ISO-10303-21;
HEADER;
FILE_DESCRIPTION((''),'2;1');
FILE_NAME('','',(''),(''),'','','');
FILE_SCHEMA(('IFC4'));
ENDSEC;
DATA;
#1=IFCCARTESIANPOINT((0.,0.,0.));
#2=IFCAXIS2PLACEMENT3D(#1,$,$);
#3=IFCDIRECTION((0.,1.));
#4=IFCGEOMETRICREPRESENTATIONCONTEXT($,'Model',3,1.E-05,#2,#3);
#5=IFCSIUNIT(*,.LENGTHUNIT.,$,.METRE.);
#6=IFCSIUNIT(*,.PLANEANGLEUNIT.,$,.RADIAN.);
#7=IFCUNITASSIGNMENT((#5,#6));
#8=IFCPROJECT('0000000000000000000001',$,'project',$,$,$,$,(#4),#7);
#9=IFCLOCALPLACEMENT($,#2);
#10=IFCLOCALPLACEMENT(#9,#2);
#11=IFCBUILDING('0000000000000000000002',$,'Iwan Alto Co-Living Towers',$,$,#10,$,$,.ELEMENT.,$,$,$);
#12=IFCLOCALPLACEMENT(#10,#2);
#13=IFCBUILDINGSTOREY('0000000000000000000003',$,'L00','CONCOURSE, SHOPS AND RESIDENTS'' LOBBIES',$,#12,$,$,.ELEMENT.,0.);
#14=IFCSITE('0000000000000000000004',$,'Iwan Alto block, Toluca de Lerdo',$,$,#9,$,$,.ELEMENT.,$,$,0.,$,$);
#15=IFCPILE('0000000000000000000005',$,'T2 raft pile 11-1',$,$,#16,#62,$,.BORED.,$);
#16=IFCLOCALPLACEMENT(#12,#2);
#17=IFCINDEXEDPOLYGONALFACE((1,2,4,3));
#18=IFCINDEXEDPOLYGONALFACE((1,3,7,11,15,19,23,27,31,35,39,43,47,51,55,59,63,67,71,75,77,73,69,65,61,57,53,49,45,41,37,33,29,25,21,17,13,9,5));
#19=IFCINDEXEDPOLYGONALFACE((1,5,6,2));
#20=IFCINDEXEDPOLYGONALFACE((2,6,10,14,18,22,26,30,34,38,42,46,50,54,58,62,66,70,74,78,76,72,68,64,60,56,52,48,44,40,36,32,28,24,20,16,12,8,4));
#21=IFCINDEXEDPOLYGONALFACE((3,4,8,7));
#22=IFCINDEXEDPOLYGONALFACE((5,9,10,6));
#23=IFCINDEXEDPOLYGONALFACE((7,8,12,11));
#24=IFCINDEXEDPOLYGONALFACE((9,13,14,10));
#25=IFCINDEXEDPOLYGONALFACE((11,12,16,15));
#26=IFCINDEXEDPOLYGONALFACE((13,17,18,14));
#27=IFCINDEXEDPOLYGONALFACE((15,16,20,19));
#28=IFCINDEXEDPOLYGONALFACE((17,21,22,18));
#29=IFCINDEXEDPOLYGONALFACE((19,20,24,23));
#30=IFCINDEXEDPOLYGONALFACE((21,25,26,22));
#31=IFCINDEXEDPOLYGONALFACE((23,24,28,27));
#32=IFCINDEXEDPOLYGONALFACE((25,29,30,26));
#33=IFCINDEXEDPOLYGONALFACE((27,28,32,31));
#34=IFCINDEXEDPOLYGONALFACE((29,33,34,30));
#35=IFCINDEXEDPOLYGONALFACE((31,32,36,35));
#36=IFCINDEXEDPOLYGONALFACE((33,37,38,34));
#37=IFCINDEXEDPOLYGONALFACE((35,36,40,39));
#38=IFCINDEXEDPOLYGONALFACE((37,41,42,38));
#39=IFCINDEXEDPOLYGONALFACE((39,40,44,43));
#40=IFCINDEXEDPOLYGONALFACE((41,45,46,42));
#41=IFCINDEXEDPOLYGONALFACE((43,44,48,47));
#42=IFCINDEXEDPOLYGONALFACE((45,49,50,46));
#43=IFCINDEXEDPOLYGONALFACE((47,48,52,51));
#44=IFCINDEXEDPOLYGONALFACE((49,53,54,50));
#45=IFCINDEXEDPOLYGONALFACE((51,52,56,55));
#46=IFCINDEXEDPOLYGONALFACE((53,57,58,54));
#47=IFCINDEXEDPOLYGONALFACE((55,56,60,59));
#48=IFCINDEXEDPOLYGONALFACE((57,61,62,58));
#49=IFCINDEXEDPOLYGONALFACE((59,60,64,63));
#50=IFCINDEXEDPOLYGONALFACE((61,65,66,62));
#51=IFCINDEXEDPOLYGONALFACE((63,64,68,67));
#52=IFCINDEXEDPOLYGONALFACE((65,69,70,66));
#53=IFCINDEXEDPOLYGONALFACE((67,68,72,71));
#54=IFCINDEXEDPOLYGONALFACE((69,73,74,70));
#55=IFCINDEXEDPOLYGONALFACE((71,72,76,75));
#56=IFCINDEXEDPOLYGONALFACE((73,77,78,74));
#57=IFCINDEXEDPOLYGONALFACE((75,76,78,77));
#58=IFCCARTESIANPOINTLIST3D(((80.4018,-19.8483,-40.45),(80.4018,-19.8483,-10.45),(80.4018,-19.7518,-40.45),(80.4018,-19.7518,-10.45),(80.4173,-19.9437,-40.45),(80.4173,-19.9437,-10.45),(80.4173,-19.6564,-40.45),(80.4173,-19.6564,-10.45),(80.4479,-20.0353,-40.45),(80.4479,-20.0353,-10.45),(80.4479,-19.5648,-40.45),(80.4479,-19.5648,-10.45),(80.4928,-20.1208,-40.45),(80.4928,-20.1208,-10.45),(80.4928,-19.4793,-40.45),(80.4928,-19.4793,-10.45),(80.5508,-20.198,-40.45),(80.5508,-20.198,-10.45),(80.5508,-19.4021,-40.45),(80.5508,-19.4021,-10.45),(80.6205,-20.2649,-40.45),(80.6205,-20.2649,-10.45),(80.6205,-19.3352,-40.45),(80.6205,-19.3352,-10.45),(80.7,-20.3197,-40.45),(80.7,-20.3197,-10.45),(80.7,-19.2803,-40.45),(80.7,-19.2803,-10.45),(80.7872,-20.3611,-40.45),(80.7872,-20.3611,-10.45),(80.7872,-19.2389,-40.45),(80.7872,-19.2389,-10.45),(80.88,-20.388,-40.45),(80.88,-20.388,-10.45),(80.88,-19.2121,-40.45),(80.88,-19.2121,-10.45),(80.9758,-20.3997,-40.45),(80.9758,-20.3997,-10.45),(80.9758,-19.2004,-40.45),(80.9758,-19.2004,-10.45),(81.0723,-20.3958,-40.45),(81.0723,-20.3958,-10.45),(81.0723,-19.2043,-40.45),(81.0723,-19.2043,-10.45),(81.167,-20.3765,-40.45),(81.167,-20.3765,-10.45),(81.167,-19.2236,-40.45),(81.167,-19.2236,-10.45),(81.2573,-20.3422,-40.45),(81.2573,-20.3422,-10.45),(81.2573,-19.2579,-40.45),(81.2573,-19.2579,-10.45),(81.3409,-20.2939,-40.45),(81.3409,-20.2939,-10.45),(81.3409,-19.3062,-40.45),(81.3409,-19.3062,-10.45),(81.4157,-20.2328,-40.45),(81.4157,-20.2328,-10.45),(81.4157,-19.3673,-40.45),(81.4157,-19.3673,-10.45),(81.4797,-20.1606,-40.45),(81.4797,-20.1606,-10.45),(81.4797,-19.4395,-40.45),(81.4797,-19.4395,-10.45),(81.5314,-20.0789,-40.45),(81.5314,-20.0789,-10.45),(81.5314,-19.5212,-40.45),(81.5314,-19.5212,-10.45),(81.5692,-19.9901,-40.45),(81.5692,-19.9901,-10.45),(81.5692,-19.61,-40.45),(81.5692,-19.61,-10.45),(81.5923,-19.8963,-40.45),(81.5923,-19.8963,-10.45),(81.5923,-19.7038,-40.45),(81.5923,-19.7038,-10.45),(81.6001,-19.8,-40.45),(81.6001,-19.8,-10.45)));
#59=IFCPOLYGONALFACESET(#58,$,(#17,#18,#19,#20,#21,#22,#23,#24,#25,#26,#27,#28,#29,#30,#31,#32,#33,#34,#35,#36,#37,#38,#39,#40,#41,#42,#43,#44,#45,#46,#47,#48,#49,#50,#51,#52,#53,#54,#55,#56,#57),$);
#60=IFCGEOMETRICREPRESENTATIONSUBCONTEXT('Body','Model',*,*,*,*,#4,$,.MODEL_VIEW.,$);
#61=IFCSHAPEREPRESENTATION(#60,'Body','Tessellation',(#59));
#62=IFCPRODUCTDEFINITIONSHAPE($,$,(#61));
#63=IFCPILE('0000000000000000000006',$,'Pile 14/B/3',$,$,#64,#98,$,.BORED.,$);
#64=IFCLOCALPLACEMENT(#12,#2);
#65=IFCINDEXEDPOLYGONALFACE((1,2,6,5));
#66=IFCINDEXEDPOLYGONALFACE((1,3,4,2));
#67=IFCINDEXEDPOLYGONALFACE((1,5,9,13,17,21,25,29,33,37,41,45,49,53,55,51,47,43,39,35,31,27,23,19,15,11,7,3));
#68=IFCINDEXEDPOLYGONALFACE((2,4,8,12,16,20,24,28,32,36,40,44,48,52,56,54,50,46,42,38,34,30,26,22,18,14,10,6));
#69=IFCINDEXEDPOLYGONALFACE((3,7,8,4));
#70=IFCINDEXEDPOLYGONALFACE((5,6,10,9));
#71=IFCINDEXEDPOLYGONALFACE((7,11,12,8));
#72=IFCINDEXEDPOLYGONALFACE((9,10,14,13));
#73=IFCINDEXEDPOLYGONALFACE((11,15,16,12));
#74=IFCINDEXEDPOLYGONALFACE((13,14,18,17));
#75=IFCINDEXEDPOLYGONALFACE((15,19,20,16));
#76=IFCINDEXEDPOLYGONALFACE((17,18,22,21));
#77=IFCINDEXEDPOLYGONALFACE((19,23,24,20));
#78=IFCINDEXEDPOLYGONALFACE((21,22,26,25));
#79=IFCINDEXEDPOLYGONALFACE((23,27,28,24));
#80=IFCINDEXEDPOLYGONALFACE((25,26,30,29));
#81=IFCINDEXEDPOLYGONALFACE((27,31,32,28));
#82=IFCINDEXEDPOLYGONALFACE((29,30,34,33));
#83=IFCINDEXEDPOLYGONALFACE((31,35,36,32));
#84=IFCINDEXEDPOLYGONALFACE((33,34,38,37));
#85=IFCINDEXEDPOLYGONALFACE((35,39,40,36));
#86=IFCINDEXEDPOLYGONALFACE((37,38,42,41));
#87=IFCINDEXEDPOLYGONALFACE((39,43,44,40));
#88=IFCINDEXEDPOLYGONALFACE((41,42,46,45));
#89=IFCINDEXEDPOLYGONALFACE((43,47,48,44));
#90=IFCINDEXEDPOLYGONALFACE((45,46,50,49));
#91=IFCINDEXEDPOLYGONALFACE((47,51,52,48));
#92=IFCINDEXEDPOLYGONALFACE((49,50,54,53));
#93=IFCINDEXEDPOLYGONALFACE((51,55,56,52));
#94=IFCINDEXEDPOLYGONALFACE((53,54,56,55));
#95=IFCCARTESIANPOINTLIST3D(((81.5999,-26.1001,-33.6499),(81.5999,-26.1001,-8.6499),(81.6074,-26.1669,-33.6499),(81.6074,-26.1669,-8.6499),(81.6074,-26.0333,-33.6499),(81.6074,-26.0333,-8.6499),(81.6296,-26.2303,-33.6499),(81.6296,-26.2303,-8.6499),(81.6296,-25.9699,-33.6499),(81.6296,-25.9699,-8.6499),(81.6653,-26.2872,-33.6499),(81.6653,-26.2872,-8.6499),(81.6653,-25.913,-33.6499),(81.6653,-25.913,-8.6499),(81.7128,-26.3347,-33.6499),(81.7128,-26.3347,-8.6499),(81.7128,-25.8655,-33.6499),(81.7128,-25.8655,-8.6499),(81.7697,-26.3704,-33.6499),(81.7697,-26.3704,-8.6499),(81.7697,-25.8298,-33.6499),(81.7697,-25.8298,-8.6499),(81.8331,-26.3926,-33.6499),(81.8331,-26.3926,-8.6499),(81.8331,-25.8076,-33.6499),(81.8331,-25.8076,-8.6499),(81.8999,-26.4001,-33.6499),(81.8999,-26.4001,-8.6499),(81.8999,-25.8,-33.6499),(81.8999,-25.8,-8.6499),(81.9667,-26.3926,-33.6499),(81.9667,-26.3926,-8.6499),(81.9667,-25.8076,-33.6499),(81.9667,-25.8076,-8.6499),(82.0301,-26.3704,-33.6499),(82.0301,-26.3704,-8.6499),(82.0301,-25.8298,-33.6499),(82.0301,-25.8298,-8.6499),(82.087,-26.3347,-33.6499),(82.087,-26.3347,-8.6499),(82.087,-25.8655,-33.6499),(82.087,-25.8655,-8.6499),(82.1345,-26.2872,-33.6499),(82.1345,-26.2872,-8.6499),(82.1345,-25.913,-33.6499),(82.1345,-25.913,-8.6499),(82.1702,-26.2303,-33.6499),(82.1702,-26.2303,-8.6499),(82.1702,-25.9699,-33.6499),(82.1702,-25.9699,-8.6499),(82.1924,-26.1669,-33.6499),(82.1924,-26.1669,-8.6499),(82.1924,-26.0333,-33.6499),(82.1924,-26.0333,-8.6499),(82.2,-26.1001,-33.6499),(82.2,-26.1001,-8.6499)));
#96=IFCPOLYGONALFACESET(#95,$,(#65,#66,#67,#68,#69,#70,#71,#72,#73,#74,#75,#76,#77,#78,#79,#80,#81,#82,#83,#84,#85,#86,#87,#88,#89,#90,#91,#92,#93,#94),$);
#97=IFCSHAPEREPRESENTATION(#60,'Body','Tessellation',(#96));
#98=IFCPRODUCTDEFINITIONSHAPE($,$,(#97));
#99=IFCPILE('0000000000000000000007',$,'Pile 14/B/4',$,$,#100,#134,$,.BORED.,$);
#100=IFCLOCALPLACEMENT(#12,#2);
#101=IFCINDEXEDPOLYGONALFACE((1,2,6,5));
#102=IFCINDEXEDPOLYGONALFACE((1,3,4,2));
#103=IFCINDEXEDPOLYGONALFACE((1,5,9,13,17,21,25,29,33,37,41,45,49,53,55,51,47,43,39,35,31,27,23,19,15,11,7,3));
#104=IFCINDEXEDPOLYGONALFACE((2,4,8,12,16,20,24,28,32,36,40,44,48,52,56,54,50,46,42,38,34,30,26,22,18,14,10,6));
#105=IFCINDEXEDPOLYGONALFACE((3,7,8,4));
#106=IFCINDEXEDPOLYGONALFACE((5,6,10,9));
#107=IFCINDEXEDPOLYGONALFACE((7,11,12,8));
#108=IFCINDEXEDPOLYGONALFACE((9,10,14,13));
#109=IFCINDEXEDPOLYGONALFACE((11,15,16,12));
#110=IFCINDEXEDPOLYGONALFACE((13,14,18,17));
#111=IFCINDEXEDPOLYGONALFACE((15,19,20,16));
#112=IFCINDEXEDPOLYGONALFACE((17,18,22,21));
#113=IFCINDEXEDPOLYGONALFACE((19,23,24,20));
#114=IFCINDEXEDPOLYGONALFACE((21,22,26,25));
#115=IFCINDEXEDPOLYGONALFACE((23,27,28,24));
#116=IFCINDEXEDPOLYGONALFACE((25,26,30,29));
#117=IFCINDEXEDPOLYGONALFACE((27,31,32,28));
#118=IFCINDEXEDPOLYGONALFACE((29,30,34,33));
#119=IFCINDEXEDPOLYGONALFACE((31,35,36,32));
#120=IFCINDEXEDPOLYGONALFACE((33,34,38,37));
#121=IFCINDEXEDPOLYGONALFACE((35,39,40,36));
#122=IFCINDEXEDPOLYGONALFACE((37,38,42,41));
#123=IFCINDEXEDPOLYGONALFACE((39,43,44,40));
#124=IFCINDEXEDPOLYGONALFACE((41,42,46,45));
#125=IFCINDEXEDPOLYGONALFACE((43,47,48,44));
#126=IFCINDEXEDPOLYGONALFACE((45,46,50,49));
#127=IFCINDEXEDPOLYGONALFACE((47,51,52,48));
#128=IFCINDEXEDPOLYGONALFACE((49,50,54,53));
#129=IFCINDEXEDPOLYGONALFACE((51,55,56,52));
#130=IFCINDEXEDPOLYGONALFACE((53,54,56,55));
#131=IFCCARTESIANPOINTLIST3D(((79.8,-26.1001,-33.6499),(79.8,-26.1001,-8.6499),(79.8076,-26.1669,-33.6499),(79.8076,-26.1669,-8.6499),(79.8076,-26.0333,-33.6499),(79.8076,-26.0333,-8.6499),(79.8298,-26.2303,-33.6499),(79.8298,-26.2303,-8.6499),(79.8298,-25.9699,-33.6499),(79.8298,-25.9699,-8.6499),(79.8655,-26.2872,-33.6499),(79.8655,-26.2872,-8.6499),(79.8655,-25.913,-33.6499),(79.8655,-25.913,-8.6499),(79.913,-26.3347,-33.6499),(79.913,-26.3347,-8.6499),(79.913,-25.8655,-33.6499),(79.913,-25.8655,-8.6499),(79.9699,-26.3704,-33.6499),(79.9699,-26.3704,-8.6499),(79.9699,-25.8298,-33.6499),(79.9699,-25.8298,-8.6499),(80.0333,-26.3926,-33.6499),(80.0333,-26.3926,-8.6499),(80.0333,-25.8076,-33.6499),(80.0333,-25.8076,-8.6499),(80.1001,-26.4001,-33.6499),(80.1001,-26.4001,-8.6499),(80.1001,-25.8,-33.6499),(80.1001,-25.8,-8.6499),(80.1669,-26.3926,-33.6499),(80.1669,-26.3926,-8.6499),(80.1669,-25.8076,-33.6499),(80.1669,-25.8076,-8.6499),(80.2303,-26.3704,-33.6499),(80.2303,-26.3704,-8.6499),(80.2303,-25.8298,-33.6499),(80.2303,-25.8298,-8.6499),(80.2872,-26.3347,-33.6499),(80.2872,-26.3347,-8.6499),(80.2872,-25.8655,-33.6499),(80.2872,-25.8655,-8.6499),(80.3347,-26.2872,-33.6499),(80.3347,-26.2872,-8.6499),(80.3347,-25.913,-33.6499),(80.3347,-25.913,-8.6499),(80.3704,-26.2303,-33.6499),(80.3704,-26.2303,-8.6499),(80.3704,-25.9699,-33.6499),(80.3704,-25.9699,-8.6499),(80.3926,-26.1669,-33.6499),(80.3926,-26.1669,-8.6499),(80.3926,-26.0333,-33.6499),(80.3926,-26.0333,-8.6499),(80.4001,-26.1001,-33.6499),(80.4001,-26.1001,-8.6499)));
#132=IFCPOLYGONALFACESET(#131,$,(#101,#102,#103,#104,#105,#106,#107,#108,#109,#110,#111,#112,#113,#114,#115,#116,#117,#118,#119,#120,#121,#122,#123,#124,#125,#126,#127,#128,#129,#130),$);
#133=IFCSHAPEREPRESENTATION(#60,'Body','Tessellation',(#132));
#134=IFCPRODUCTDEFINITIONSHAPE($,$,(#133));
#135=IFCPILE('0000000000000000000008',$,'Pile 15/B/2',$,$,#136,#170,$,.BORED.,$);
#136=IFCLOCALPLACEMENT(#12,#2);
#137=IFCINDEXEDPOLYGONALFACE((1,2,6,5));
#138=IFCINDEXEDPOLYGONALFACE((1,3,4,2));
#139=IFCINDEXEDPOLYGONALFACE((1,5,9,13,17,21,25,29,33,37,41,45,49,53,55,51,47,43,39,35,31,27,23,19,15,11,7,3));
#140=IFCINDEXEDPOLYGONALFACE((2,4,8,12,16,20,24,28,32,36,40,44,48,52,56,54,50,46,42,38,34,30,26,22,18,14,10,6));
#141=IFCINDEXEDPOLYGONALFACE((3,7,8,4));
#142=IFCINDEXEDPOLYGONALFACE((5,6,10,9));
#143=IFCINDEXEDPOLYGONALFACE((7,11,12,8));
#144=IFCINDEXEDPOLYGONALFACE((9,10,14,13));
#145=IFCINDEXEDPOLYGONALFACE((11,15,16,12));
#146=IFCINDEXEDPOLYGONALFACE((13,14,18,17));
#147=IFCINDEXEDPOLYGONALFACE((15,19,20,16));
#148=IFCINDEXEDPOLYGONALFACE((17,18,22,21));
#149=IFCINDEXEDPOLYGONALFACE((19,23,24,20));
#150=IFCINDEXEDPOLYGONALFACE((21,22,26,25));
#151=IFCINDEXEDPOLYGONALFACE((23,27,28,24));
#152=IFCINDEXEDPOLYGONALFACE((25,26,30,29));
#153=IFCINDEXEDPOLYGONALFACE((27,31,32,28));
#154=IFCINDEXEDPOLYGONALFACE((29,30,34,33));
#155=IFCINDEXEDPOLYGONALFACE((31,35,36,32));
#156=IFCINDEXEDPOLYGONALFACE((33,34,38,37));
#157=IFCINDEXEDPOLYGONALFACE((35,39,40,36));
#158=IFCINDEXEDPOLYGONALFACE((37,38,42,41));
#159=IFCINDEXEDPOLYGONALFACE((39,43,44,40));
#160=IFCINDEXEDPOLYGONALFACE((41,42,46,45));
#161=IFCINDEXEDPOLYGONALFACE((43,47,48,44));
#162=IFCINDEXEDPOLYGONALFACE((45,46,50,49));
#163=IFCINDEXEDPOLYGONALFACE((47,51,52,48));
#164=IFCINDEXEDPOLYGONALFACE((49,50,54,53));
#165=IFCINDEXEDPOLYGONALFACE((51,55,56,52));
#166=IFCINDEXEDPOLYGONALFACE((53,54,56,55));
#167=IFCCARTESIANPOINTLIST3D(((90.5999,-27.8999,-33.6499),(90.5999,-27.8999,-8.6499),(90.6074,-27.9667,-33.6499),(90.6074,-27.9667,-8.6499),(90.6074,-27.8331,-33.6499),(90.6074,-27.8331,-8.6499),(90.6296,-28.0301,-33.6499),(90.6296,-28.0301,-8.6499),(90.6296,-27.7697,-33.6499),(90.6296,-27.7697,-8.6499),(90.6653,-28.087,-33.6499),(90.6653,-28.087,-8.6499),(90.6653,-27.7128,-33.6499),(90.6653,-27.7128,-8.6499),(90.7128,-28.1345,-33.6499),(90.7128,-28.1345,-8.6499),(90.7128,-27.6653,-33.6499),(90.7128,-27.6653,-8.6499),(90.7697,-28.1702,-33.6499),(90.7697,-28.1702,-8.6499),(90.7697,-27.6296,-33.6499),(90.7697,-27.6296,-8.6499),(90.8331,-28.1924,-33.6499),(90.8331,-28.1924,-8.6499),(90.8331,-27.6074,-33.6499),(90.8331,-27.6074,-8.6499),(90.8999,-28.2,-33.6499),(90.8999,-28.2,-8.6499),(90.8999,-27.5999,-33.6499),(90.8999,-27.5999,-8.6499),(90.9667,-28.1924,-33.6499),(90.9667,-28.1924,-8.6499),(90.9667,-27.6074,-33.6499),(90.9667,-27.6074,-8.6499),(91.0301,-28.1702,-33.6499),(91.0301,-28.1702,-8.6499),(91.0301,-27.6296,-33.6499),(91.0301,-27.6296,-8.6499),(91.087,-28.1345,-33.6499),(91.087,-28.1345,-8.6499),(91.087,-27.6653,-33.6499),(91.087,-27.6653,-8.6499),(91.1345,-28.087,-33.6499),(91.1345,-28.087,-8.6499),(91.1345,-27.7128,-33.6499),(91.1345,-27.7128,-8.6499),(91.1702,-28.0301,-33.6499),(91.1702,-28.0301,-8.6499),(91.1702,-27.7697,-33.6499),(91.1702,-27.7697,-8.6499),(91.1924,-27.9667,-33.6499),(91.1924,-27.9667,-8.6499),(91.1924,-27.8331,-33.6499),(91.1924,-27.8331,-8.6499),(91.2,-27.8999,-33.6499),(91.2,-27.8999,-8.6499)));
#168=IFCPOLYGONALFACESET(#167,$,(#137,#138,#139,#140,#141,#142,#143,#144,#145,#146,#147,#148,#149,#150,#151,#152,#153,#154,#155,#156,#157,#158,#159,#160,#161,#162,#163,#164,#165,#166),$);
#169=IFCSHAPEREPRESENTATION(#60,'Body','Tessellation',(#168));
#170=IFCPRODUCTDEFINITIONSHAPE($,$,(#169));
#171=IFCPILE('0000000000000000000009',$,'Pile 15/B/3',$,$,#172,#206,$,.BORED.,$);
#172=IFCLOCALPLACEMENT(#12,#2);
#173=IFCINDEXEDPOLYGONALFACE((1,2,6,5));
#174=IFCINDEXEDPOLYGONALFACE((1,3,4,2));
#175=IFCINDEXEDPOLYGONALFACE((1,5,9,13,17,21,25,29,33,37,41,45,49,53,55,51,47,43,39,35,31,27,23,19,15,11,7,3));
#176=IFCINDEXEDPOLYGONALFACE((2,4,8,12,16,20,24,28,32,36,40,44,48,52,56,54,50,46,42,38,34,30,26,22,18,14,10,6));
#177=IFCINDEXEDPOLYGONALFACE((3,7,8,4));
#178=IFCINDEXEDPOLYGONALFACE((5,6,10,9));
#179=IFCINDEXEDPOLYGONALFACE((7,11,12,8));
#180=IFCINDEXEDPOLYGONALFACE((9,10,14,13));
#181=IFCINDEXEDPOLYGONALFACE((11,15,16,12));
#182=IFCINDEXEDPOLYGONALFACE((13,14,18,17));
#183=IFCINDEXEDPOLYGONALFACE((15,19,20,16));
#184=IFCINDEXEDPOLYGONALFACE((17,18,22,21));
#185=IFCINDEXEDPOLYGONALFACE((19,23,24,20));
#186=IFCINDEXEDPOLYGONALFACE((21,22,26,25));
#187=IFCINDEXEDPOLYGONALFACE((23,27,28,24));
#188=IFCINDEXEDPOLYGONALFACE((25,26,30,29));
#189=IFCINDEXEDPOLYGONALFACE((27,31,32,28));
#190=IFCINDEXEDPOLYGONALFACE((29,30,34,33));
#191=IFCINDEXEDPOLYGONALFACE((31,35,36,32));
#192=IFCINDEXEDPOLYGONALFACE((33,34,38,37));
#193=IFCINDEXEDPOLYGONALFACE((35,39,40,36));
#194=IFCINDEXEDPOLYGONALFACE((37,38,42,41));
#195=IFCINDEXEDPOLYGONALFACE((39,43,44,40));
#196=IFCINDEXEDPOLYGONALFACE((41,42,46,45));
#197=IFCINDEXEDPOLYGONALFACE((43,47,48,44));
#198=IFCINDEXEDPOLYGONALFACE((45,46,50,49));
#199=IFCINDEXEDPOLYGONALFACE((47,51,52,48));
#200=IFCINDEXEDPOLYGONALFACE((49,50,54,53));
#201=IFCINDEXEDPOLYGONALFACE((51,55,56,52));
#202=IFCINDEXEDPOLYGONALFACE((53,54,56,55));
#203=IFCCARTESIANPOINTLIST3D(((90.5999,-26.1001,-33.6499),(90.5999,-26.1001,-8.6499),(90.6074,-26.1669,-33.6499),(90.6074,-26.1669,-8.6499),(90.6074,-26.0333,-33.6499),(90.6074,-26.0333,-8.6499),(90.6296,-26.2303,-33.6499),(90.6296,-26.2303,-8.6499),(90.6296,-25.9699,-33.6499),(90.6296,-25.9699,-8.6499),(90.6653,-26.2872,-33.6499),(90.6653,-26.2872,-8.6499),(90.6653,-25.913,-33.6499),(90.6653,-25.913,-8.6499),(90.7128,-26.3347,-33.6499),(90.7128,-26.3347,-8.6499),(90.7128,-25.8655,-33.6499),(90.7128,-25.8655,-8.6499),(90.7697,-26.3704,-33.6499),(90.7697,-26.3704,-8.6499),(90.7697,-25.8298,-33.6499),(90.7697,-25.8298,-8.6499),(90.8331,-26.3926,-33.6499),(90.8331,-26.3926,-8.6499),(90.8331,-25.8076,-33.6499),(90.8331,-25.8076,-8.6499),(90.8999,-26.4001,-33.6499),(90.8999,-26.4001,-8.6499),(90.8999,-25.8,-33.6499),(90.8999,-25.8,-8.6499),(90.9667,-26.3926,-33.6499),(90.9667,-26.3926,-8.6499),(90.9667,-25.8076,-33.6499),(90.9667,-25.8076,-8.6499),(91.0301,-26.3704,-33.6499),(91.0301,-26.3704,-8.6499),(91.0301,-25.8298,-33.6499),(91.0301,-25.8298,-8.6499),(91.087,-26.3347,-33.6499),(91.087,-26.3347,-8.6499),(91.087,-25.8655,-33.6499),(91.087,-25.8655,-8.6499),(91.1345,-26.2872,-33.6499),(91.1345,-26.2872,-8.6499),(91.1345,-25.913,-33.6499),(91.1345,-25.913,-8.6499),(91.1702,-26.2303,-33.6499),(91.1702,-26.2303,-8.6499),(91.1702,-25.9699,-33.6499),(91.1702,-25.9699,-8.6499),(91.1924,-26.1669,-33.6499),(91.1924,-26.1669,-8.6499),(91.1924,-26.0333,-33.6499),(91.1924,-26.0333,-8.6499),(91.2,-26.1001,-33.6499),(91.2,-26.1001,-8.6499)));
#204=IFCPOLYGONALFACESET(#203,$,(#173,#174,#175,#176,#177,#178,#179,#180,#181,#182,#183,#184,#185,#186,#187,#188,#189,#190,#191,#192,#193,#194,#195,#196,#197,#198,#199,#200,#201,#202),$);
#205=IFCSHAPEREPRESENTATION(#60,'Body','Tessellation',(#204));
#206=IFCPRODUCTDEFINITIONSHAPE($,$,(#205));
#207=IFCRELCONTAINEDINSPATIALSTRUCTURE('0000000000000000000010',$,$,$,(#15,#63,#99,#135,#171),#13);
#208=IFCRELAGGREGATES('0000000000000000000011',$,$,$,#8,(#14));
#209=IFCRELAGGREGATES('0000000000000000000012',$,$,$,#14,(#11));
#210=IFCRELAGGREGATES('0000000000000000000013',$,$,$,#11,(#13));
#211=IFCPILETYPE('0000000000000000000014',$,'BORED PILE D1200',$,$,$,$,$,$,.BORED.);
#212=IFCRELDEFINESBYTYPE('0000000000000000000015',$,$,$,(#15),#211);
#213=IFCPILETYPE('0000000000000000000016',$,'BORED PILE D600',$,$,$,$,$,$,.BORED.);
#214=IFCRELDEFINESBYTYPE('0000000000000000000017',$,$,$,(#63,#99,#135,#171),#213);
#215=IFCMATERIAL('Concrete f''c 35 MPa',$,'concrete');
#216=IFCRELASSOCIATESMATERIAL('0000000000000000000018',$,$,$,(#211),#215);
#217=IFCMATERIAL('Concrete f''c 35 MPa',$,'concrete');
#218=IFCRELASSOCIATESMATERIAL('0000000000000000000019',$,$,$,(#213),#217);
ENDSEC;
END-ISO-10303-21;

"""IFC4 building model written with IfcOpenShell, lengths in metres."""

from ifc_helpers import new_model, si_unit, direction, frame, origin, origin_2d, place, context, subcontext, project, spatial, circle, extrude, material, material_profile, profile_set, type_object, element, save


model = new_model("IFC4")

# Units and contexts
model_context = context("Model", 3, precision=1e-05, world=origin(), true_north=direction((0.0, 1.0)))
body_context = subcontext(model_context, "Body", "Model", "MODEL_VIEW")
ifc_project = project(units=[si_unit("LENGTHUNIT", "METRE"), si_unit("PLANEANGLEUNIT", "RADIAN")], contexts=[model_context])

# Site, building, storey
site_placement = place(None, origin())
site = spatial("IfcSite", under=ifc_project, at=site_placement, Name="Iwan Alto block, Toluca de Lerdo", CompositionType="ELEMENT", RefElevation=0.0)
building_placement = place(site_placement, origin())
building = spatial("IfcBuilding", under=site, at=building_placement, Name="Iwan Alto Co-Living Towers", CompositionType="ELEMENT")
storey_placement = place(building_placement, origin())
storey = spatial("IfcBuildingStorey", under=building, at=storey_placement, Name="L00", Description="CONCOURSE, SHOPS AND RESIDENTS' LOBBIES", CompositionType="ELEMENT", Elevation=0.0)

# Piles
ifc_material_1 = material(Name="Concrete f'c 35 MPa", Category="concrete")
ifc_material_profile_1 = material_profile(ifc_material_1, circle(Radius=0.6001, at=origin_2d()), Name="D1200")
ifc_profile_set_1 = profile_set([ifc_material_profile_1], Name="Concrete f'c 35 MPa")
pile_type_1 = type_object("IfcPileType", Name="BORED PILE D1200", PredefinedType="BORED", material=ifc_profile_set_1)
pile_placement = place(storey_placement, frame((81.0, -19.8, -10.45), z_axis=(0.0, 0.0, -1.0), x_axis=(1.0, 0.0, 0.0)))
element("IfcPile", 1, at=pile_placement, inside=storey, type_object=pile_type_1, Name="T2 raft pile 11-1", PredefinedType="BORED", context=body_context, shape_type="SweptSolid", body=[
    extrude(circle(Radius=0.6001, at=origin_2d()), origin(), (0.0, 0.0, 1.0), 30.0),
])
ifc_material_2 = material(Name="Concrete f'c 35 MPa", Category="concrete")
ifc_material_profile_2 = material_profile(ifc_material_2, circle(Radius=0.3, at=origin_2d()), Name="D600")
ifc_profile_set_2 = profile_set([ifc_material_profile_2], Name="Concrete f'c 35 MPa")
pile_type_2 = type_object("IfcPileType", Name="BORED PILE D600", PredefinedType="BORED", material=ifc_profile_set_2)
for number, where, z_axis, x_axis, name in (
    (2, (81.8999, -26.1001, -8.6499), (0.0, 0.0, -1.0), (1.0, 0.0, 0.0), "Pile 14/B/3"),
    (3, (80.1001, -26.1001, -8.6499), (0.0, 0.0, -1.0), (1.0, 0.0, 0.0), "Pile 14/B/4"),
    (4, (90.8999, -27.8999, -8.6499), (0.0, 0.0, -1.0), (1.0, 0.0, 0.0), "Pile 15/B/2"),
    (5, (90.8999, -26.1001, -8.6499), (0.0, 0.0, -1.0), (1.0, 0.0, 0.0), "Pile 15/B/3"),
):
    element("IfcPile", number, at=place(storey_placement, frame(where, z_axis=z_axis, x_axis=x_axis)), inside=storey, type_object=pile_type_2, Name=name, PredefinedType="BORED", context=body_context, shape_type="SweptSolid", body=[
        extrude(circle(Radius=0.3, at=origin_2d()), origin(), (0.0, 0.0, 1.0), 25.0),
    ])

save(model, "model.ifc")
